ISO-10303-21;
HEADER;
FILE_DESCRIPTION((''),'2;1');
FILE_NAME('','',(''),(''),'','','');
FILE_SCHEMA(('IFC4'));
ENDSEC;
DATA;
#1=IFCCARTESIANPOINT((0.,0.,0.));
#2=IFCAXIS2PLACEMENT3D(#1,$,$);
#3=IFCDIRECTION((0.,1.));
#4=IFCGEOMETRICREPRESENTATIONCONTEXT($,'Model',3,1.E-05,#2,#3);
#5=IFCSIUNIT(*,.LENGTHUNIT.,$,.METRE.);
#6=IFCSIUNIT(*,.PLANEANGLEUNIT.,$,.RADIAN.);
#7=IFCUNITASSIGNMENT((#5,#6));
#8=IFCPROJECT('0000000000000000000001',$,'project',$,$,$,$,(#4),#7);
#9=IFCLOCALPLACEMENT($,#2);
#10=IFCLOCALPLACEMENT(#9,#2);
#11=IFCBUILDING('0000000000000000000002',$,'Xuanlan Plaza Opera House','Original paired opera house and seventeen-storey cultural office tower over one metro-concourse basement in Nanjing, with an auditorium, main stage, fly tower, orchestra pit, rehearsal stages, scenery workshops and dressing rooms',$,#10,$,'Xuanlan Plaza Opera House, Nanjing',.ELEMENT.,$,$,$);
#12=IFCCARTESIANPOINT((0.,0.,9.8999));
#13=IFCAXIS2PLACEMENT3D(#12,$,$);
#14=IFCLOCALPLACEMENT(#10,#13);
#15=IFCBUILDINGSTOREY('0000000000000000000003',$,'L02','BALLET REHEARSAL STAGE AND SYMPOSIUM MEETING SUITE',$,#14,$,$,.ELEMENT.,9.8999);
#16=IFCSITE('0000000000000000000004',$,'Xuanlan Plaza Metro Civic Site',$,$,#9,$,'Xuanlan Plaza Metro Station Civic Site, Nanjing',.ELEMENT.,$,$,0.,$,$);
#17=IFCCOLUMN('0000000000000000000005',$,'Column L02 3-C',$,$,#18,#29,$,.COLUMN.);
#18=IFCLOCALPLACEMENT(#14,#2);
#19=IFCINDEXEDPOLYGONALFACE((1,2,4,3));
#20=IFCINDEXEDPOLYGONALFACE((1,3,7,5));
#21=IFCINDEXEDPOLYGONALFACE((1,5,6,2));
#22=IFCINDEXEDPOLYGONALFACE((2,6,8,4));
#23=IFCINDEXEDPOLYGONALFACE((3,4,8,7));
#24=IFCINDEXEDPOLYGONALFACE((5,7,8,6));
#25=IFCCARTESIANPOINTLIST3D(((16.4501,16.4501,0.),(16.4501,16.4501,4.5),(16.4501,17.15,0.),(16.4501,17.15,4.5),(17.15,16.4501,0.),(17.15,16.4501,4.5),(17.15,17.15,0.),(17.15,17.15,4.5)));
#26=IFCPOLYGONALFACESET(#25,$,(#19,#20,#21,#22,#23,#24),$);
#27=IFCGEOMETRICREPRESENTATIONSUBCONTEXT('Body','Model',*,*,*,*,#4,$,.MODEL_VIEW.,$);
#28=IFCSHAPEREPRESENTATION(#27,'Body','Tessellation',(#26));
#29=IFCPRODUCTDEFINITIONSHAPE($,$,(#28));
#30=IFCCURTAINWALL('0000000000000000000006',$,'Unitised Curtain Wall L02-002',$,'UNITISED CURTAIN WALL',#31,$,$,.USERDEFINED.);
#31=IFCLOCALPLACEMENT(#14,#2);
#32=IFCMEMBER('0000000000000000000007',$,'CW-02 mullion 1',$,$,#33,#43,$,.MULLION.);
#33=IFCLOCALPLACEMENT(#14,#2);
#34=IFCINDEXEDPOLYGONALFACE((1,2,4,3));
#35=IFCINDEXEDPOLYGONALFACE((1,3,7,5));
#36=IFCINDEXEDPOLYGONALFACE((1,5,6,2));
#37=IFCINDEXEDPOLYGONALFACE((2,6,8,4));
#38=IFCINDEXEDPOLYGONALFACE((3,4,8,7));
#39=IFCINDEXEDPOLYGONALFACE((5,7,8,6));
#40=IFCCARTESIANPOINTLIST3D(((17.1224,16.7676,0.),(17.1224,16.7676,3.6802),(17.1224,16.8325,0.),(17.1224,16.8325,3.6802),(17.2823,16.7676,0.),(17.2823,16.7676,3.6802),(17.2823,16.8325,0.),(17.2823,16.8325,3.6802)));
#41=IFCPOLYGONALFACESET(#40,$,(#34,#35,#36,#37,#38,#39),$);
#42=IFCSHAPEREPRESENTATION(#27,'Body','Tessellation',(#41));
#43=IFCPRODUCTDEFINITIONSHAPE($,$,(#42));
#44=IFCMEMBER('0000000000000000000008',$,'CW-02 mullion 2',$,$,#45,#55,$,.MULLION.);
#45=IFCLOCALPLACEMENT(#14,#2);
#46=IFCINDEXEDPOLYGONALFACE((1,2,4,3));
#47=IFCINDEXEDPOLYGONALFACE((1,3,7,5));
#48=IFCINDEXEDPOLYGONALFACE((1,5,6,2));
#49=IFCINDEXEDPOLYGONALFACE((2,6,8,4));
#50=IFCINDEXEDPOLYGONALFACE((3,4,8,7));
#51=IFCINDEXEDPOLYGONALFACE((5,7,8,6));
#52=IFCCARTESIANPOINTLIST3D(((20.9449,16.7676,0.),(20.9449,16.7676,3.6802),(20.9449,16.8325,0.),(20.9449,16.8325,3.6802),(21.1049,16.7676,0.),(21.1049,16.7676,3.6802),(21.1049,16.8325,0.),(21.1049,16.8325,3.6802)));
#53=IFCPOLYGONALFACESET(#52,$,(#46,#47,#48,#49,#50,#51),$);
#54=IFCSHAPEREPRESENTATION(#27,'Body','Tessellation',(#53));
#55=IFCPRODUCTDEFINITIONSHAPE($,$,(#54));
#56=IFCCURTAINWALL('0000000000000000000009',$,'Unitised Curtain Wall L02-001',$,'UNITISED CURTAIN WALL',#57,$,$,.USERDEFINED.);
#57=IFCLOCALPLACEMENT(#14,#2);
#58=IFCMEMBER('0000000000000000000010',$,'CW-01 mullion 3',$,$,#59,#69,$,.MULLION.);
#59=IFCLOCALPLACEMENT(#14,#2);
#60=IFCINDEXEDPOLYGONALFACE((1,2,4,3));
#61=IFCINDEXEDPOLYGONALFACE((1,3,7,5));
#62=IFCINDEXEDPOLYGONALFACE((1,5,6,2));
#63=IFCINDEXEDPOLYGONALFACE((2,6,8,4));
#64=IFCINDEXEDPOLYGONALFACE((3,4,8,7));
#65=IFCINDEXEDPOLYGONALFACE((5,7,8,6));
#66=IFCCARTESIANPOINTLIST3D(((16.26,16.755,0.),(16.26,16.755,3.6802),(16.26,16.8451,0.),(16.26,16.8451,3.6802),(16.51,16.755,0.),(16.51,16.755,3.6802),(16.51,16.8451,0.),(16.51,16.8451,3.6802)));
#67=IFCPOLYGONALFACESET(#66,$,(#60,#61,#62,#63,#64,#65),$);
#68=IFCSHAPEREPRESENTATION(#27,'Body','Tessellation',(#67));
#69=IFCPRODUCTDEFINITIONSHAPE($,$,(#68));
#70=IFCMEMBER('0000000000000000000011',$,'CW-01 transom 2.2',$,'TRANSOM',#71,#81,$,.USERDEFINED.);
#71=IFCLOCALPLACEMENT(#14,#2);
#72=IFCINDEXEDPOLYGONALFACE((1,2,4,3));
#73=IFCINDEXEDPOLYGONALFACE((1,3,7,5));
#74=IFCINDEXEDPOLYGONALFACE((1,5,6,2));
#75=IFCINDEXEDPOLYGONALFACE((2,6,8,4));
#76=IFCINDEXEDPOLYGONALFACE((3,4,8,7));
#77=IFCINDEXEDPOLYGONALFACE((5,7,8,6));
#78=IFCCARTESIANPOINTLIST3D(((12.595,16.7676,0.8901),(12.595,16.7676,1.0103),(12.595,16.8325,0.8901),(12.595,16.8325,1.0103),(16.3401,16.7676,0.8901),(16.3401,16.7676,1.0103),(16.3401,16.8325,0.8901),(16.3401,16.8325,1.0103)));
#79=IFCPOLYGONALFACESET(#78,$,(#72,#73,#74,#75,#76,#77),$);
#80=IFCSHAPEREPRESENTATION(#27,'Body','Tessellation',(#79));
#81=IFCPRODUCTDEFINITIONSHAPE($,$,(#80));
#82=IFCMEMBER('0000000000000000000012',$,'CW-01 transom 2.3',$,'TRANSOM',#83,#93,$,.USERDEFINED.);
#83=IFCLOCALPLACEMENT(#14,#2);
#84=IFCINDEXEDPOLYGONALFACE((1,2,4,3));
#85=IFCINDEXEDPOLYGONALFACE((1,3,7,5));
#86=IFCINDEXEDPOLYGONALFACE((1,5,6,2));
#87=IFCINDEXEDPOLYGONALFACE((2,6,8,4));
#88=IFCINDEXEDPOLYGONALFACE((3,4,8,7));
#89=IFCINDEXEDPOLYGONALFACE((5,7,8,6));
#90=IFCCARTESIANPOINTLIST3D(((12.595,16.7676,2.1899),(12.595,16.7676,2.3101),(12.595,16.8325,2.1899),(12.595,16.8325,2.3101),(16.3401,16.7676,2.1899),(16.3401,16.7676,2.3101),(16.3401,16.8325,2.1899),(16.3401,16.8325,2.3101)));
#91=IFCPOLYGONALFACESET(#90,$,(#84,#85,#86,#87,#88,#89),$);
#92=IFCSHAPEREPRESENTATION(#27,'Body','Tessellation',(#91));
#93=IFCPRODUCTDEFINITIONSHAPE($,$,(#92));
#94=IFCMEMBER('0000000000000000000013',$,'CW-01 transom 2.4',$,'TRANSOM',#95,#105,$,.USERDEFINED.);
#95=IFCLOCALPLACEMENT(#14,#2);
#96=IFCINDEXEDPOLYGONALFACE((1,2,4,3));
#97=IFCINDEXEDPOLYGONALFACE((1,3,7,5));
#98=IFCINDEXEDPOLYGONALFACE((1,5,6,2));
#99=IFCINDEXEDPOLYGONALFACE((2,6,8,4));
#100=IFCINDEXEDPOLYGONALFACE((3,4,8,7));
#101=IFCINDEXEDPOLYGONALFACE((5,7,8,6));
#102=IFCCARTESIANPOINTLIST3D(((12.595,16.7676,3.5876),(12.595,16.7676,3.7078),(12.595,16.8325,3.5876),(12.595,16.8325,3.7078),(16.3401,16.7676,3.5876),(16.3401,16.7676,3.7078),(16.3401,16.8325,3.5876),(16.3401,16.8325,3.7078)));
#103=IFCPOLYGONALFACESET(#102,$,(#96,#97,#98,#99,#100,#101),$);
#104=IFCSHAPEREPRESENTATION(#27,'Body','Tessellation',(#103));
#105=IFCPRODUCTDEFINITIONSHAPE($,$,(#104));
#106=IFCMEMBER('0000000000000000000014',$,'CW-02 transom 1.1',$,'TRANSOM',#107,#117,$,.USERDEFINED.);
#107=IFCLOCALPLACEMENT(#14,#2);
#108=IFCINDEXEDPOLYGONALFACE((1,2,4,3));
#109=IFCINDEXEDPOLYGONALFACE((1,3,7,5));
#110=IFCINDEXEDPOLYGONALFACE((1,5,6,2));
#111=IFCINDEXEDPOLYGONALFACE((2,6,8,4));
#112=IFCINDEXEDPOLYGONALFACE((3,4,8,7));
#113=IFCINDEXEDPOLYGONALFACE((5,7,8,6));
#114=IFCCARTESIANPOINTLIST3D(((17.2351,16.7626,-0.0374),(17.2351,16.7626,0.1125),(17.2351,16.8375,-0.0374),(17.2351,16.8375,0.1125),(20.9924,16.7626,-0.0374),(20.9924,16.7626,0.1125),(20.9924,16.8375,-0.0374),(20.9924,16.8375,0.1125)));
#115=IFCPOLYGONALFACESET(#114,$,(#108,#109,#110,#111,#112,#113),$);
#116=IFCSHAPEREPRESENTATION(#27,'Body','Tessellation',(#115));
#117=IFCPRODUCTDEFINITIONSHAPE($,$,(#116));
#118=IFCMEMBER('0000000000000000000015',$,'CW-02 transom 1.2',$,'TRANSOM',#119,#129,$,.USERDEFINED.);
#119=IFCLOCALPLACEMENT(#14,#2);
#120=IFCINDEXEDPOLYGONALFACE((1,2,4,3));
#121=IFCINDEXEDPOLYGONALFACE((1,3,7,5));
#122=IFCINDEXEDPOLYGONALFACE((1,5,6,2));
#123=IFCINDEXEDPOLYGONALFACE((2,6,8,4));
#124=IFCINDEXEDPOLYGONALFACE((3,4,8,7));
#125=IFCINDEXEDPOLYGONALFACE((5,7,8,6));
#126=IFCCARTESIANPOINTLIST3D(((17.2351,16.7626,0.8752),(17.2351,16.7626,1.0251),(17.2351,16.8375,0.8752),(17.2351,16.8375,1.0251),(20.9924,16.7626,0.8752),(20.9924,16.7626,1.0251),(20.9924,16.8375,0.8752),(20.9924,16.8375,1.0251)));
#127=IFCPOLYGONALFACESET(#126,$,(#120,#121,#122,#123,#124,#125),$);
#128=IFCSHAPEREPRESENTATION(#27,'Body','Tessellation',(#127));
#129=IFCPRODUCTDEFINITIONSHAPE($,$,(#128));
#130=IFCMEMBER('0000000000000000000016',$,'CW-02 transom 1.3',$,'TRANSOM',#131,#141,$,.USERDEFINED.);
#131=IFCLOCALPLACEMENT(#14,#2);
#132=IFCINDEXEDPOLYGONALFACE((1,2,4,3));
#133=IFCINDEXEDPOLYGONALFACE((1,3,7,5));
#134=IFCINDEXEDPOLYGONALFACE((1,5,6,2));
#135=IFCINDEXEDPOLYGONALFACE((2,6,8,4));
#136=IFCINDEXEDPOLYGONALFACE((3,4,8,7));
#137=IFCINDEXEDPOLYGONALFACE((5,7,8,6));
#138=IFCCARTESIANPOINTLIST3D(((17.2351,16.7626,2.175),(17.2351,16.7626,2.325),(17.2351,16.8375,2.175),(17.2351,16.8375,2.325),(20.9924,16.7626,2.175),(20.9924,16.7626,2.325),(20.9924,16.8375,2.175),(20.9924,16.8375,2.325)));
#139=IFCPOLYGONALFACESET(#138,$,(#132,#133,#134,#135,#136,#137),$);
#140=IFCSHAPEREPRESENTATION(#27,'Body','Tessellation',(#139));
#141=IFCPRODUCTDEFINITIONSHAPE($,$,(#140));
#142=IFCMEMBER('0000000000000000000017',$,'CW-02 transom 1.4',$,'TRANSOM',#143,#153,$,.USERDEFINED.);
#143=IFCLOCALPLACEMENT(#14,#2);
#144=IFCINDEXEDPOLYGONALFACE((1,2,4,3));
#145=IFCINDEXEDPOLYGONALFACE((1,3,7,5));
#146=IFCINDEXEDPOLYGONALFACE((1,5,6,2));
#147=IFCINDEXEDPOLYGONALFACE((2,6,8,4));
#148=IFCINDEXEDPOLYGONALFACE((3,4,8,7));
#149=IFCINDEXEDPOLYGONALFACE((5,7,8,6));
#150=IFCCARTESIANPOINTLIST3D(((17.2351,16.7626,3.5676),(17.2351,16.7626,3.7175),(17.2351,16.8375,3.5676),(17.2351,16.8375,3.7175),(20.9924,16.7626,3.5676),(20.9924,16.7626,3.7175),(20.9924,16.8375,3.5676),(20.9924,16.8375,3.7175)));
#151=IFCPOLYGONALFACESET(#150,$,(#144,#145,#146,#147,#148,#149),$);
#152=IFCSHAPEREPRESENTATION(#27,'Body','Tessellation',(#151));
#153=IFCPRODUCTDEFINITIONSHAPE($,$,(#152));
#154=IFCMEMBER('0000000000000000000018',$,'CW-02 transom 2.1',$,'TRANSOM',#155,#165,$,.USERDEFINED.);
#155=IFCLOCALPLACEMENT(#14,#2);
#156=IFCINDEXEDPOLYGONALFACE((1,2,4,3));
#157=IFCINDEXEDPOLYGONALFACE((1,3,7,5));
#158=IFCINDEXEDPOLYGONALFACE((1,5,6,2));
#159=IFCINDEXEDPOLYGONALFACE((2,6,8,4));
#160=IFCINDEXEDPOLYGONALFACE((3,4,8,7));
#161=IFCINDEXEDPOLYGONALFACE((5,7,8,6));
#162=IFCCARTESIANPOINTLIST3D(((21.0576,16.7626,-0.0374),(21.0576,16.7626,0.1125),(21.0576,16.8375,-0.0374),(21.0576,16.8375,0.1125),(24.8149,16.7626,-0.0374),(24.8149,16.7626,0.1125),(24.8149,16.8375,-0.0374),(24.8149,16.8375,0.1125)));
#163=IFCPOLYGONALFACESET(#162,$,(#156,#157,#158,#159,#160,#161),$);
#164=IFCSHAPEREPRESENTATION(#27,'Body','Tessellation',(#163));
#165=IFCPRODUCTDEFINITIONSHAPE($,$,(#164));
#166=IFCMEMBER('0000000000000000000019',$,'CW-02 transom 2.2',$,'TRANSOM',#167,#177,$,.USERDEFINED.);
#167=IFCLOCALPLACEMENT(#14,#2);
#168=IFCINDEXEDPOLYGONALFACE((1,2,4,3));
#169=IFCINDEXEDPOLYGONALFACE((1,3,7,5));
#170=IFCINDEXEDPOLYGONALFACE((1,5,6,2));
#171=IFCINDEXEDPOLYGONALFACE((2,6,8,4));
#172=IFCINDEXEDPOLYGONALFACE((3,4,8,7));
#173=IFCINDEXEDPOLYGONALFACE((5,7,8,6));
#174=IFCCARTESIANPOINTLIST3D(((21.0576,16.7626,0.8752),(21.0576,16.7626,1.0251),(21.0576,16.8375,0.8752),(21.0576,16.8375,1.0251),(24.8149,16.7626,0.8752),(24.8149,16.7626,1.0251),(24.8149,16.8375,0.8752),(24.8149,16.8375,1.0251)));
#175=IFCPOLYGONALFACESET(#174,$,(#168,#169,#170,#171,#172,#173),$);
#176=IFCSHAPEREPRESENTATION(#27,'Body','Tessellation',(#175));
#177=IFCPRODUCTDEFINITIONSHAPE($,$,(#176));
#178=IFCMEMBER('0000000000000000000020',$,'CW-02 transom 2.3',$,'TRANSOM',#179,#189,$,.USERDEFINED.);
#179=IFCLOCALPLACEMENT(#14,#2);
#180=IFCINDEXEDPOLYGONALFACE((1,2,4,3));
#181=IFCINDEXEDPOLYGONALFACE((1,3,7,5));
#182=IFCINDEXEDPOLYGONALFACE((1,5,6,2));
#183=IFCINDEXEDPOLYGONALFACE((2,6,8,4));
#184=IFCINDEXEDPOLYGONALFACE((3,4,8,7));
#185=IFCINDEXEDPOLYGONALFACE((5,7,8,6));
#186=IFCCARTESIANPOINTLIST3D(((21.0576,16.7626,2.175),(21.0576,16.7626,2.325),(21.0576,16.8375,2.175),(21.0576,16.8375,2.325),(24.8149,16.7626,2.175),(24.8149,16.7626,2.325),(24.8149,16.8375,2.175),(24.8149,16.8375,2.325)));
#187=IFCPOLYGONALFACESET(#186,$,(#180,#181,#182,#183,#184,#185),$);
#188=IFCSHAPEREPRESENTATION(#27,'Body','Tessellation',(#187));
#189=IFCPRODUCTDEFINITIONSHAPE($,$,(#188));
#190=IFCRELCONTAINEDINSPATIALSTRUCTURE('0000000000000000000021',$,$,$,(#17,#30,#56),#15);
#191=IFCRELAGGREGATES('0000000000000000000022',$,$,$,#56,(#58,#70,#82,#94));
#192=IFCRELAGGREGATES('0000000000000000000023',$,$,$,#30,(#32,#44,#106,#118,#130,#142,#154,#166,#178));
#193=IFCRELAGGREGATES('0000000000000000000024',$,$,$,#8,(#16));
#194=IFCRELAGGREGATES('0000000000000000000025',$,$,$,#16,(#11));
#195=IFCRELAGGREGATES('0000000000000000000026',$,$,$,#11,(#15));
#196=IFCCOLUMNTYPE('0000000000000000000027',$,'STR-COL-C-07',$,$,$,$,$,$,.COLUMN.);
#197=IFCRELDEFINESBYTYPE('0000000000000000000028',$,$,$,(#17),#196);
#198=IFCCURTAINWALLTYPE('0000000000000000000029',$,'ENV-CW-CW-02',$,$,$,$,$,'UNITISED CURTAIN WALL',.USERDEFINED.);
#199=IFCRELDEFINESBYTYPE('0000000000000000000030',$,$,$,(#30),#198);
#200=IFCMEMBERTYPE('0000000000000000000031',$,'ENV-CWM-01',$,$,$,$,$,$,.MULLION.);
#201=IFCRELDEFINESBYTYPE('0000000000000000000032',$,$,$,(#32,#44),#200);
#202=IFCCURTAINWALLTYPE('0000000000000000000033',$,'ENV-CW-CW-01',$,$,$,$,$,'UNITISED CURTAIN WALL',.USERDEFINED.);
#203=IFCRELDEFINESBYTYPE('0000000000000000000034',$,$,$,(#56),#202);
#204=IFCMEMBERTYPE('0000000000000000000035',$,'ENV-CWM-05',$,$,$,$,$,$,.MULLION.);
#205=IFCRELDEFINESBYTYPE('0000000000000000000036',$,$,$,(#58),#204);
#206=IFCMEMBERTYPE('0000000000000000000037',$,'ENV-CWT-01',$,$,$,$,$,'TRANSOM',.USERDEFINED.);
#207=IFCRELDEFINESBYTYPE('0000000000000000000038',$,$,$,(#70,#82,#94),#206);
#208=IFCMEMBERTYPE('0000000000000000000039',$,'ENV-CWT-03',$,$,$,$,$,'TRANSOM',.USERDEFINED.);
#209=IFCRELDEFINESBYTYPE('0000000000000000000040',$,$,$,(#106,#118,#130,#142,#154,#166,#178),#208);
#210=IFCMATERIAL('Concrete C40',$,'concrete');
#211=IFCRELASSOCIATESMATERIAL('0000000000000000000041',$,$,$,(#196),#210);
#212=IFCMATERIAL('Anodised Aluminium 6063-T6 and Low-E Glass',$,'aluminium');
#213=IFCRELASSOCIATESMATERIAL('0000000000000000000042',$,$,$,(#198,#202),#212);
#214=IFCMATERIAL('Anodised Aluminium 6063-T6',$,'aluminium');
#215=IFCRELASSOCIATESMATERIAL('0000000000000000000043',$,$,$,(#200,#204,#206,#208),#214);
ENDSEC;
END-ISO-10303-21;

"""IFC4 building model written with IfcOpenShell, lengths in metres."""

from ifc_helpers import new_model, si_unit, direction, frame, origin, origin_2d, place, context, subcontext, project, spatial, rectangle, extrude, material, material_profile, profile_set, type_object, element, aggregate, save


model = new_model("IFC4")

# Units and contexts
model_context = context("Model", 3, precision=1e-05, world=origin(), true_north=direction((0.0, 1.0)))
body_context = subcontext(model_context, "Body", "Model", "MODEL_VIEW")
ifc_project = project(units=[si_unit("LENGTHUNIT", "METRE"), si_unit("PLANEANGLEUNIT", "RADIAN")], contexts=[model_context])

# Site, building, storey
site_placement = place(None, origin())
site = spatial("IfcSite", under=ifc_project, at=site_placement, Name="Xuanlan Plaza Metro Civic Site", LongName="Xuanlan Plaza Metro Station Civic Site, Nanjing", CompositionType="ELEMENT", RefElevation=0.0)
building_placement = place(site_placement, origin())
building = spatial("IfcBuilding", under=site, at=building_placement, Name="Xuanlan Plaza Opera House", Description="Original paired opera house and seventeen-storey cultural office tower over one metro-concourse basement in Nanjing, with an auditorium, main stage, fly tower, orchestra pit, rehearsal stages, scenery workshops and dressing rooms", LongName="Xuanlan Plaza Opera House, Nanjing", CompositionType="ELEMENT")
storey_placement = place(building_placement, frame((0.0, 0.0, 9.8999)))
storey = spatial("IfcBuildingStorey", under=building, at=storey_placement, Name="L02", Description="BALLET REHEARSAL STAGE AND SYMPOSIUM MEETING SUITE", CompositionType="ELEMENT", Elevation=9.8999)

# Column
ifc_material_1 = material(Name="Concrete C40", Category="concrete")
ifc_material_profile_1 = material_profile(ifc_material_1, rectangle(XDim=0.7, YDim=0.7, at=origin_2d()), Name="RC-COL 700x700")
ifc_profile_set_1 = profile_set([ifc_material_profile_1], Name="Concrete C40")
column_type = type_object("IfcColumnType", Name="STR-COL-C-07", PredefinedType="COLUMN", material=ifc_profile_set_1)
column_placement = place(storey_placement, frame((16.8, 16.8, 0.0), z_axis=(0.0, 0.0, 1.0), x_axis=(1.0, 0.0, 0.0)))
element("IfcColumn", 1, at=column_placement, inside=storey, type_object=column_type, Name="Column L02 3-C", PredefinedType="COLUMN", context=body_context, shape_type="SweptSolid", body=[
    extrude(rectangle(XDim=0.7, YDim=0.7, at=origin_2d()), origin(), (0.0, 0.0, 1.0), 4.5),
])

# Curtain walls, members
ifc_material_2 = material(Name="Anodised Aluminium 6063-T6 and Low-E Glass", Category="aluminium")
curtain_wall_type_1 = type_object("IfcCurtainWallType", Name="ENV-CW-CW-02", ElementType="UNITISED CURTAIN WALL", PredefinedType="USERDEFINED", material=ifc_material_2)
curtain_wall_1_placement = place(storey_placement, origin())
curtain_wall_1 = element("IfcCurtainWall", 2, at=curtain_wall_1_placement, inside=storey, type_object=curtain_wall_type_1, Name="Unitised Curtain Wall L02-002", ObjectType="UNITISED CURTAIN WALL", PredefinedType="USERDEFINED")
ifc_material_3 = material(Name="Anodised Aluminium 6063-T6", Category="aluminium")
ifc_material_profile_2 = material_profile(ifc_material_3, rectangle(XDim=0.0649, YDim=0.1599, at=origin_2d()), Name="ALU-M 65x160")
ifc_profile_set_2 = profile_set([ifc_material_profile_2], Name="Anodised Aluminium 6063-T6")
member_type_1 = type_object("IfcMemberType", Name="ENV-CWM-01", PredefinedType="MULLION", material=ifc_profile_set_2)
member_1_placement = place(storey_placement, frame((17.2024, 16.8, 0.0), z_axis=(0.0, 0.0, 1.0), x_axis=(0.0, 1.0, 0.0)))
member_1 = element("IfcMember", 3, at=member_1_placement, type_object=member_type_1, Name="CW-02 mullion 1", PredefinedType="MULLION", context=body_context, shape_type="SweptSolid", body=[
    extrude(rectangle(XDim=0.0649, YDim=0.1599, at=origin_2d()), origin(), (0.0, 0.0, 1.0), 3.6802),
])
member_2_placement = place(storey_placement, frame((21.0249, 16.8, 0.0), z_axis=(0.0, 0.0, 1.0), x_axis=(0.0, 1.0, 0.0)))
member_2 = element("IfcMember", 4, at=member_2_placement, type_object=member_type_1, Name="CW-02 mullion 2", PredefinedType="MULLION", context=body_context, shape_type="SweptSolid", body=[
    extrude(rectangle(XDim=0.0649, YDim=0.1599, at=origin_2d()), origin(), (0.0, 0.0, 1.0), 3.6802),
])
curtain_wall_type_2 = type_object("IfcCurtainWallType", Name="ENV-CW-CW-01", ElementType="UNITISED CURTAIN WALL", PredefinedType="USERDEFINED", material=ifc_material_2)
curtain_wall_2_placement = place(storey_placement, origin())
curtain_wall_2 = element("IfcCurtainWall", 5, at=curtain_wall_2_placement, inside=storey, type_object=curtain_wall_type_2, Name="Unitised Curtain Wall L02-001", ObjectType="UNITISED CURTAIN WALL", PredefinedType="USERDEFINED")
ifc_material_profile_3 = material_profile(ifc_material_3, rectangle(XDim=0.0901, YDim=0.25, at=origin_2d()), Name="ALU-M 90x250")
ifc_profile_set_3 = profile_set([ifc_material_profile_3], Name="Anodised Aluminium 6063-T6")
member_type_2 = type_object("IfcMemberType", Name="ENV-CWM-05", PredefinedType="MULLION", material=ifc_profile_set_3)
member_3_placement = place(storey_placement, frame((16.385, 16.8, 0.0), z_axis=(0.0, 0.0, 1.0), x_axis=(0.0, 1.0, 0.0)))
member_3 = element("IfcMember", 6, at=member_3_placement, type_object=member_type_2, Name="CW-01 mullion 3", PredefinedType="MULLION", context=body_context, shape_type="SweptSolid", body=[
    extrude(rectangle(XDim=0.0901, YDim=0.25, at=origin_2d()), origin(), (0.0, 0.0, 1.0), 3.6802),
])
ifc_material_profile_4 = material_profile(ifc_material_3, rectangle(XDim=0.0649, YDim=0.1201, at=origin_2d()), Name="ALU-T 65x120")
ifc_profile_set_4 = profile_set([ifc_material_profile_4], Name="Anodised Aluminium 6063-T6")
member_type_3 = type_object("IfcMemberType", Name="ENV-CWT-01", ElementType="TRANSOM", PredefinedType="USERDEFINED", material=ifc_profile_set_4)
member_4_placement = place(storey_placement, frame((12.595, 16.8, 0.9502), z_axis=(1.0, 0.0, 0.0), x_axis=(0.0, 1.0, 0.0)))
member_4 = element("IfcMember", 7, at=member_4_placement, type_object=member_type_3, Name="CW-01 transom 2.2", ObjectType="TRANSOM", PredefinedType="USERDEFINED", context=body_context, shape_type="SweptSolid", body=[
    extrude(rectangle(XDim=0.0649, YDim=0.1201, at=origin_2d()), origin(), (0.0, 0.0, 1.0), 3.7451),
])
member_5_placement = place(storey_placement, frame((12.595, 16.8, 2.25), z_axis=(1.0, 0.0, 0.0), x_axis=(0.0, 1.0, 0.0)))
member_5 = element("IfcMember", 8, at=member_5_placement, type_object=member_type_3, Name="CW-01 transom 2.3", ObjectType="TRANSOM", PredefinedType="USERDEFINED", context=body_context, shape_type="SweptSolid", body=[
    extrude(rectangle(XDim=0.0649, YDim=0.1201, at=origin_2d()), origin(), (0.0, 0.0, 1.0), 3.7451),
])
member_6_placement = place(storey_placement, frame((12.595, 16.8, 3.6477), z_axis=(1.0, 0.0, 0.0), x_axis=(0.0, 1.0, 0.0)))
member_6 = element("IfcMember", 9, at=member_6_placement, type_object=member_type_3, Name="CW-01 transom 2.4", ObjectType="TRANSOM", PredefinedType="USERDEFINED", context=body_context, shape_type="SweptSolid", body=[
    extrude(rectangle(XDim=0.0649, YDim=0.1201, at=origin_2d()), origin(), (0.0, 0.0, 1.0), 3.7451),
])

# Members
ifc_material_profile_5 = material_profile(ifc_material_3, rectangle(XDim=0.075, YDim=0.1499, at=origin_2d()), Name="ALU-T 75x150")
ifc_profile_set_5 = profile_set([ifc_material_profile_5], Name="Anodised Aluminium 6063-T6")
member_type_4 = type_object("IfcMemberType", Name="ENV-CWT-03", ElementType="TRANSOM", PredefinedType="USERDEFINED", material=ifc_profile_set_5)
member_7_placement = place(storey_placement, frame((17.2351, 16.8, 0.0376), z_axis=(1.0, 0.0, 0.0), x_axis=(0.0, 1.0, 0.0)))
member_7 = element("IfcMember", 10, at=member_7_placement, type_object=member_type_4, Name="CW-02 transom 1.1", ObjectType="TRANSOM", PredefinedType="USERDEFINED", context=body_context, shape_type="SweptSolid", body=[
    extrude(rectangle(XDim=0.075, YDim=0.1499, at=origin_2d()), origin(), (0.0, 0.0, 1.0), 3.7573),
])
member_8_placement = place(storey_placement, frame((17.2351, 16.8, 0.9502), z_axis=(1.0, 0.0, 0.0), x_axis=(0.0, 1.0, 0.0)))
member_8 = element("IfcMember", 11, at=member_8_placement, type_object=member_type_4, Name="CW-02 transom 1.2", ObjectType="TRANSOM", PredefinedType="USERDEFINED", context=body_context, shape_type="SweptSolid", body=[
    extrude(rectangle(XDim=0.075, YDim=0.1499, at=origin_2d()), origin(), (0.0, 0.0, 1.0), 3.7573),
])
member_9_placement = place(storey_placement, frame((17.2351, 16.8, 2.25), z_axis=(1.0, 0.0, 0.0), x_axis=(0.0, 1.0, 0.0)))
member_9 = element("IfcMember", 12, at=member_9_placement, type_object=member_type_4, Name="CW-02 transom 1.3", ObjectType="TRANSOM", PredefinedType="USERDEFINED", context=body_context, shape_type="SweptSolid", body=[
    extrude(rectangle(XDim=0.075, YDim=0.1499, at=origin_2d()), origin(), (0.0, 0.0, 1.0), 3.7573),
])
member_10_placement = place(storey_placement, frame((17.2351, 16.8, 3.6426), z_axis=(1.0, 0.0, 0.0), x_axis=(0.0, 1.0, 0.0)))
member_10 = element("IfcMember", 13, at=member_10_placement, type_object=member_type_4, Name="CW-02 transom 1.4", ObjectType="TRANSOM", PredefinedType="USERDEFINED", context=body_context, shape_type="SweptSolid", body=[
    extrude(rectangle(XDim=0.075, YDim=0.1499, at=origin_2d()), origin(), (0.0, 0.0, 1.0), 3.7573),
])
member_11_placement = place(storey_placement, frame((21.0576, 16.8, 0.0376), z_axis=(1.0, 0.0, 0.0), x_axis=(0.0, 1.0, 0.0)))
member_11 = element("IfcMember", 14, at=member_11_placement, type_object=member_type_4, Name="CW-02 transom 2.1", ObjectType="TRANSOM", PredefinedType="USERDEFINED", context=body_context, shape_type="SweptSolid", body=[
    extrude(rectangle(XDim=0.075, YDim=0.1499, at=origin_2d()), origin(), (0.0, 0.0, 1.0), 3.7573),
])
member_12_placement = place(storey_placement, frame((21.0576, 16.8, 0.9502), z_axis=(1.0, 0.0, 0.0), x_axis=(0.0, 1.0, 0.0)))
member_12 = element("IfcMember", 15, at=member_12_placement, type_object=member_type_4, Name="CW-02 transom 2.2", ObjectType="TRANSOM", PredefinedType="USERDEFINED", context=body_context, shape_type="SweptSolid", body=[
    extrude(rectangle(XDim=0.075, YDim=0.1499, at=origin_2d()), origin(), (0.0, 0.0, 1.0), 3.7573),
])
member_13_placement = place(storey_placement, frame((21.0576, 16.8, 2.25), z_axis=(1.0, 0.0, 0.0), x_axis=(0.0, 1.0, 0.0)))
member_13 = element("IfcMember", 16, at=member_13_placement, type_object=member_type_4, Name="CW-02 transom 2.3", ObjectType="TRANSOM", PredefinedType="USERDEFINED", context=body_context, shape_type="SweptSolid", body=[
    extrude(rectangle(XDim=0.075, YDim=0.1499, at=origin_2d()), origin(), (0.0, 0.0, 1.0), 3.7573),
])

aggregate(curtain_wall_2, [member_3, member_4, member_5, member_6])
aggregate(curtain_wall_1, [member_1, member_2, member_7, member_8, member_9, member_10, member_11, member_12, member_13])

save(model, "model.ifc")
